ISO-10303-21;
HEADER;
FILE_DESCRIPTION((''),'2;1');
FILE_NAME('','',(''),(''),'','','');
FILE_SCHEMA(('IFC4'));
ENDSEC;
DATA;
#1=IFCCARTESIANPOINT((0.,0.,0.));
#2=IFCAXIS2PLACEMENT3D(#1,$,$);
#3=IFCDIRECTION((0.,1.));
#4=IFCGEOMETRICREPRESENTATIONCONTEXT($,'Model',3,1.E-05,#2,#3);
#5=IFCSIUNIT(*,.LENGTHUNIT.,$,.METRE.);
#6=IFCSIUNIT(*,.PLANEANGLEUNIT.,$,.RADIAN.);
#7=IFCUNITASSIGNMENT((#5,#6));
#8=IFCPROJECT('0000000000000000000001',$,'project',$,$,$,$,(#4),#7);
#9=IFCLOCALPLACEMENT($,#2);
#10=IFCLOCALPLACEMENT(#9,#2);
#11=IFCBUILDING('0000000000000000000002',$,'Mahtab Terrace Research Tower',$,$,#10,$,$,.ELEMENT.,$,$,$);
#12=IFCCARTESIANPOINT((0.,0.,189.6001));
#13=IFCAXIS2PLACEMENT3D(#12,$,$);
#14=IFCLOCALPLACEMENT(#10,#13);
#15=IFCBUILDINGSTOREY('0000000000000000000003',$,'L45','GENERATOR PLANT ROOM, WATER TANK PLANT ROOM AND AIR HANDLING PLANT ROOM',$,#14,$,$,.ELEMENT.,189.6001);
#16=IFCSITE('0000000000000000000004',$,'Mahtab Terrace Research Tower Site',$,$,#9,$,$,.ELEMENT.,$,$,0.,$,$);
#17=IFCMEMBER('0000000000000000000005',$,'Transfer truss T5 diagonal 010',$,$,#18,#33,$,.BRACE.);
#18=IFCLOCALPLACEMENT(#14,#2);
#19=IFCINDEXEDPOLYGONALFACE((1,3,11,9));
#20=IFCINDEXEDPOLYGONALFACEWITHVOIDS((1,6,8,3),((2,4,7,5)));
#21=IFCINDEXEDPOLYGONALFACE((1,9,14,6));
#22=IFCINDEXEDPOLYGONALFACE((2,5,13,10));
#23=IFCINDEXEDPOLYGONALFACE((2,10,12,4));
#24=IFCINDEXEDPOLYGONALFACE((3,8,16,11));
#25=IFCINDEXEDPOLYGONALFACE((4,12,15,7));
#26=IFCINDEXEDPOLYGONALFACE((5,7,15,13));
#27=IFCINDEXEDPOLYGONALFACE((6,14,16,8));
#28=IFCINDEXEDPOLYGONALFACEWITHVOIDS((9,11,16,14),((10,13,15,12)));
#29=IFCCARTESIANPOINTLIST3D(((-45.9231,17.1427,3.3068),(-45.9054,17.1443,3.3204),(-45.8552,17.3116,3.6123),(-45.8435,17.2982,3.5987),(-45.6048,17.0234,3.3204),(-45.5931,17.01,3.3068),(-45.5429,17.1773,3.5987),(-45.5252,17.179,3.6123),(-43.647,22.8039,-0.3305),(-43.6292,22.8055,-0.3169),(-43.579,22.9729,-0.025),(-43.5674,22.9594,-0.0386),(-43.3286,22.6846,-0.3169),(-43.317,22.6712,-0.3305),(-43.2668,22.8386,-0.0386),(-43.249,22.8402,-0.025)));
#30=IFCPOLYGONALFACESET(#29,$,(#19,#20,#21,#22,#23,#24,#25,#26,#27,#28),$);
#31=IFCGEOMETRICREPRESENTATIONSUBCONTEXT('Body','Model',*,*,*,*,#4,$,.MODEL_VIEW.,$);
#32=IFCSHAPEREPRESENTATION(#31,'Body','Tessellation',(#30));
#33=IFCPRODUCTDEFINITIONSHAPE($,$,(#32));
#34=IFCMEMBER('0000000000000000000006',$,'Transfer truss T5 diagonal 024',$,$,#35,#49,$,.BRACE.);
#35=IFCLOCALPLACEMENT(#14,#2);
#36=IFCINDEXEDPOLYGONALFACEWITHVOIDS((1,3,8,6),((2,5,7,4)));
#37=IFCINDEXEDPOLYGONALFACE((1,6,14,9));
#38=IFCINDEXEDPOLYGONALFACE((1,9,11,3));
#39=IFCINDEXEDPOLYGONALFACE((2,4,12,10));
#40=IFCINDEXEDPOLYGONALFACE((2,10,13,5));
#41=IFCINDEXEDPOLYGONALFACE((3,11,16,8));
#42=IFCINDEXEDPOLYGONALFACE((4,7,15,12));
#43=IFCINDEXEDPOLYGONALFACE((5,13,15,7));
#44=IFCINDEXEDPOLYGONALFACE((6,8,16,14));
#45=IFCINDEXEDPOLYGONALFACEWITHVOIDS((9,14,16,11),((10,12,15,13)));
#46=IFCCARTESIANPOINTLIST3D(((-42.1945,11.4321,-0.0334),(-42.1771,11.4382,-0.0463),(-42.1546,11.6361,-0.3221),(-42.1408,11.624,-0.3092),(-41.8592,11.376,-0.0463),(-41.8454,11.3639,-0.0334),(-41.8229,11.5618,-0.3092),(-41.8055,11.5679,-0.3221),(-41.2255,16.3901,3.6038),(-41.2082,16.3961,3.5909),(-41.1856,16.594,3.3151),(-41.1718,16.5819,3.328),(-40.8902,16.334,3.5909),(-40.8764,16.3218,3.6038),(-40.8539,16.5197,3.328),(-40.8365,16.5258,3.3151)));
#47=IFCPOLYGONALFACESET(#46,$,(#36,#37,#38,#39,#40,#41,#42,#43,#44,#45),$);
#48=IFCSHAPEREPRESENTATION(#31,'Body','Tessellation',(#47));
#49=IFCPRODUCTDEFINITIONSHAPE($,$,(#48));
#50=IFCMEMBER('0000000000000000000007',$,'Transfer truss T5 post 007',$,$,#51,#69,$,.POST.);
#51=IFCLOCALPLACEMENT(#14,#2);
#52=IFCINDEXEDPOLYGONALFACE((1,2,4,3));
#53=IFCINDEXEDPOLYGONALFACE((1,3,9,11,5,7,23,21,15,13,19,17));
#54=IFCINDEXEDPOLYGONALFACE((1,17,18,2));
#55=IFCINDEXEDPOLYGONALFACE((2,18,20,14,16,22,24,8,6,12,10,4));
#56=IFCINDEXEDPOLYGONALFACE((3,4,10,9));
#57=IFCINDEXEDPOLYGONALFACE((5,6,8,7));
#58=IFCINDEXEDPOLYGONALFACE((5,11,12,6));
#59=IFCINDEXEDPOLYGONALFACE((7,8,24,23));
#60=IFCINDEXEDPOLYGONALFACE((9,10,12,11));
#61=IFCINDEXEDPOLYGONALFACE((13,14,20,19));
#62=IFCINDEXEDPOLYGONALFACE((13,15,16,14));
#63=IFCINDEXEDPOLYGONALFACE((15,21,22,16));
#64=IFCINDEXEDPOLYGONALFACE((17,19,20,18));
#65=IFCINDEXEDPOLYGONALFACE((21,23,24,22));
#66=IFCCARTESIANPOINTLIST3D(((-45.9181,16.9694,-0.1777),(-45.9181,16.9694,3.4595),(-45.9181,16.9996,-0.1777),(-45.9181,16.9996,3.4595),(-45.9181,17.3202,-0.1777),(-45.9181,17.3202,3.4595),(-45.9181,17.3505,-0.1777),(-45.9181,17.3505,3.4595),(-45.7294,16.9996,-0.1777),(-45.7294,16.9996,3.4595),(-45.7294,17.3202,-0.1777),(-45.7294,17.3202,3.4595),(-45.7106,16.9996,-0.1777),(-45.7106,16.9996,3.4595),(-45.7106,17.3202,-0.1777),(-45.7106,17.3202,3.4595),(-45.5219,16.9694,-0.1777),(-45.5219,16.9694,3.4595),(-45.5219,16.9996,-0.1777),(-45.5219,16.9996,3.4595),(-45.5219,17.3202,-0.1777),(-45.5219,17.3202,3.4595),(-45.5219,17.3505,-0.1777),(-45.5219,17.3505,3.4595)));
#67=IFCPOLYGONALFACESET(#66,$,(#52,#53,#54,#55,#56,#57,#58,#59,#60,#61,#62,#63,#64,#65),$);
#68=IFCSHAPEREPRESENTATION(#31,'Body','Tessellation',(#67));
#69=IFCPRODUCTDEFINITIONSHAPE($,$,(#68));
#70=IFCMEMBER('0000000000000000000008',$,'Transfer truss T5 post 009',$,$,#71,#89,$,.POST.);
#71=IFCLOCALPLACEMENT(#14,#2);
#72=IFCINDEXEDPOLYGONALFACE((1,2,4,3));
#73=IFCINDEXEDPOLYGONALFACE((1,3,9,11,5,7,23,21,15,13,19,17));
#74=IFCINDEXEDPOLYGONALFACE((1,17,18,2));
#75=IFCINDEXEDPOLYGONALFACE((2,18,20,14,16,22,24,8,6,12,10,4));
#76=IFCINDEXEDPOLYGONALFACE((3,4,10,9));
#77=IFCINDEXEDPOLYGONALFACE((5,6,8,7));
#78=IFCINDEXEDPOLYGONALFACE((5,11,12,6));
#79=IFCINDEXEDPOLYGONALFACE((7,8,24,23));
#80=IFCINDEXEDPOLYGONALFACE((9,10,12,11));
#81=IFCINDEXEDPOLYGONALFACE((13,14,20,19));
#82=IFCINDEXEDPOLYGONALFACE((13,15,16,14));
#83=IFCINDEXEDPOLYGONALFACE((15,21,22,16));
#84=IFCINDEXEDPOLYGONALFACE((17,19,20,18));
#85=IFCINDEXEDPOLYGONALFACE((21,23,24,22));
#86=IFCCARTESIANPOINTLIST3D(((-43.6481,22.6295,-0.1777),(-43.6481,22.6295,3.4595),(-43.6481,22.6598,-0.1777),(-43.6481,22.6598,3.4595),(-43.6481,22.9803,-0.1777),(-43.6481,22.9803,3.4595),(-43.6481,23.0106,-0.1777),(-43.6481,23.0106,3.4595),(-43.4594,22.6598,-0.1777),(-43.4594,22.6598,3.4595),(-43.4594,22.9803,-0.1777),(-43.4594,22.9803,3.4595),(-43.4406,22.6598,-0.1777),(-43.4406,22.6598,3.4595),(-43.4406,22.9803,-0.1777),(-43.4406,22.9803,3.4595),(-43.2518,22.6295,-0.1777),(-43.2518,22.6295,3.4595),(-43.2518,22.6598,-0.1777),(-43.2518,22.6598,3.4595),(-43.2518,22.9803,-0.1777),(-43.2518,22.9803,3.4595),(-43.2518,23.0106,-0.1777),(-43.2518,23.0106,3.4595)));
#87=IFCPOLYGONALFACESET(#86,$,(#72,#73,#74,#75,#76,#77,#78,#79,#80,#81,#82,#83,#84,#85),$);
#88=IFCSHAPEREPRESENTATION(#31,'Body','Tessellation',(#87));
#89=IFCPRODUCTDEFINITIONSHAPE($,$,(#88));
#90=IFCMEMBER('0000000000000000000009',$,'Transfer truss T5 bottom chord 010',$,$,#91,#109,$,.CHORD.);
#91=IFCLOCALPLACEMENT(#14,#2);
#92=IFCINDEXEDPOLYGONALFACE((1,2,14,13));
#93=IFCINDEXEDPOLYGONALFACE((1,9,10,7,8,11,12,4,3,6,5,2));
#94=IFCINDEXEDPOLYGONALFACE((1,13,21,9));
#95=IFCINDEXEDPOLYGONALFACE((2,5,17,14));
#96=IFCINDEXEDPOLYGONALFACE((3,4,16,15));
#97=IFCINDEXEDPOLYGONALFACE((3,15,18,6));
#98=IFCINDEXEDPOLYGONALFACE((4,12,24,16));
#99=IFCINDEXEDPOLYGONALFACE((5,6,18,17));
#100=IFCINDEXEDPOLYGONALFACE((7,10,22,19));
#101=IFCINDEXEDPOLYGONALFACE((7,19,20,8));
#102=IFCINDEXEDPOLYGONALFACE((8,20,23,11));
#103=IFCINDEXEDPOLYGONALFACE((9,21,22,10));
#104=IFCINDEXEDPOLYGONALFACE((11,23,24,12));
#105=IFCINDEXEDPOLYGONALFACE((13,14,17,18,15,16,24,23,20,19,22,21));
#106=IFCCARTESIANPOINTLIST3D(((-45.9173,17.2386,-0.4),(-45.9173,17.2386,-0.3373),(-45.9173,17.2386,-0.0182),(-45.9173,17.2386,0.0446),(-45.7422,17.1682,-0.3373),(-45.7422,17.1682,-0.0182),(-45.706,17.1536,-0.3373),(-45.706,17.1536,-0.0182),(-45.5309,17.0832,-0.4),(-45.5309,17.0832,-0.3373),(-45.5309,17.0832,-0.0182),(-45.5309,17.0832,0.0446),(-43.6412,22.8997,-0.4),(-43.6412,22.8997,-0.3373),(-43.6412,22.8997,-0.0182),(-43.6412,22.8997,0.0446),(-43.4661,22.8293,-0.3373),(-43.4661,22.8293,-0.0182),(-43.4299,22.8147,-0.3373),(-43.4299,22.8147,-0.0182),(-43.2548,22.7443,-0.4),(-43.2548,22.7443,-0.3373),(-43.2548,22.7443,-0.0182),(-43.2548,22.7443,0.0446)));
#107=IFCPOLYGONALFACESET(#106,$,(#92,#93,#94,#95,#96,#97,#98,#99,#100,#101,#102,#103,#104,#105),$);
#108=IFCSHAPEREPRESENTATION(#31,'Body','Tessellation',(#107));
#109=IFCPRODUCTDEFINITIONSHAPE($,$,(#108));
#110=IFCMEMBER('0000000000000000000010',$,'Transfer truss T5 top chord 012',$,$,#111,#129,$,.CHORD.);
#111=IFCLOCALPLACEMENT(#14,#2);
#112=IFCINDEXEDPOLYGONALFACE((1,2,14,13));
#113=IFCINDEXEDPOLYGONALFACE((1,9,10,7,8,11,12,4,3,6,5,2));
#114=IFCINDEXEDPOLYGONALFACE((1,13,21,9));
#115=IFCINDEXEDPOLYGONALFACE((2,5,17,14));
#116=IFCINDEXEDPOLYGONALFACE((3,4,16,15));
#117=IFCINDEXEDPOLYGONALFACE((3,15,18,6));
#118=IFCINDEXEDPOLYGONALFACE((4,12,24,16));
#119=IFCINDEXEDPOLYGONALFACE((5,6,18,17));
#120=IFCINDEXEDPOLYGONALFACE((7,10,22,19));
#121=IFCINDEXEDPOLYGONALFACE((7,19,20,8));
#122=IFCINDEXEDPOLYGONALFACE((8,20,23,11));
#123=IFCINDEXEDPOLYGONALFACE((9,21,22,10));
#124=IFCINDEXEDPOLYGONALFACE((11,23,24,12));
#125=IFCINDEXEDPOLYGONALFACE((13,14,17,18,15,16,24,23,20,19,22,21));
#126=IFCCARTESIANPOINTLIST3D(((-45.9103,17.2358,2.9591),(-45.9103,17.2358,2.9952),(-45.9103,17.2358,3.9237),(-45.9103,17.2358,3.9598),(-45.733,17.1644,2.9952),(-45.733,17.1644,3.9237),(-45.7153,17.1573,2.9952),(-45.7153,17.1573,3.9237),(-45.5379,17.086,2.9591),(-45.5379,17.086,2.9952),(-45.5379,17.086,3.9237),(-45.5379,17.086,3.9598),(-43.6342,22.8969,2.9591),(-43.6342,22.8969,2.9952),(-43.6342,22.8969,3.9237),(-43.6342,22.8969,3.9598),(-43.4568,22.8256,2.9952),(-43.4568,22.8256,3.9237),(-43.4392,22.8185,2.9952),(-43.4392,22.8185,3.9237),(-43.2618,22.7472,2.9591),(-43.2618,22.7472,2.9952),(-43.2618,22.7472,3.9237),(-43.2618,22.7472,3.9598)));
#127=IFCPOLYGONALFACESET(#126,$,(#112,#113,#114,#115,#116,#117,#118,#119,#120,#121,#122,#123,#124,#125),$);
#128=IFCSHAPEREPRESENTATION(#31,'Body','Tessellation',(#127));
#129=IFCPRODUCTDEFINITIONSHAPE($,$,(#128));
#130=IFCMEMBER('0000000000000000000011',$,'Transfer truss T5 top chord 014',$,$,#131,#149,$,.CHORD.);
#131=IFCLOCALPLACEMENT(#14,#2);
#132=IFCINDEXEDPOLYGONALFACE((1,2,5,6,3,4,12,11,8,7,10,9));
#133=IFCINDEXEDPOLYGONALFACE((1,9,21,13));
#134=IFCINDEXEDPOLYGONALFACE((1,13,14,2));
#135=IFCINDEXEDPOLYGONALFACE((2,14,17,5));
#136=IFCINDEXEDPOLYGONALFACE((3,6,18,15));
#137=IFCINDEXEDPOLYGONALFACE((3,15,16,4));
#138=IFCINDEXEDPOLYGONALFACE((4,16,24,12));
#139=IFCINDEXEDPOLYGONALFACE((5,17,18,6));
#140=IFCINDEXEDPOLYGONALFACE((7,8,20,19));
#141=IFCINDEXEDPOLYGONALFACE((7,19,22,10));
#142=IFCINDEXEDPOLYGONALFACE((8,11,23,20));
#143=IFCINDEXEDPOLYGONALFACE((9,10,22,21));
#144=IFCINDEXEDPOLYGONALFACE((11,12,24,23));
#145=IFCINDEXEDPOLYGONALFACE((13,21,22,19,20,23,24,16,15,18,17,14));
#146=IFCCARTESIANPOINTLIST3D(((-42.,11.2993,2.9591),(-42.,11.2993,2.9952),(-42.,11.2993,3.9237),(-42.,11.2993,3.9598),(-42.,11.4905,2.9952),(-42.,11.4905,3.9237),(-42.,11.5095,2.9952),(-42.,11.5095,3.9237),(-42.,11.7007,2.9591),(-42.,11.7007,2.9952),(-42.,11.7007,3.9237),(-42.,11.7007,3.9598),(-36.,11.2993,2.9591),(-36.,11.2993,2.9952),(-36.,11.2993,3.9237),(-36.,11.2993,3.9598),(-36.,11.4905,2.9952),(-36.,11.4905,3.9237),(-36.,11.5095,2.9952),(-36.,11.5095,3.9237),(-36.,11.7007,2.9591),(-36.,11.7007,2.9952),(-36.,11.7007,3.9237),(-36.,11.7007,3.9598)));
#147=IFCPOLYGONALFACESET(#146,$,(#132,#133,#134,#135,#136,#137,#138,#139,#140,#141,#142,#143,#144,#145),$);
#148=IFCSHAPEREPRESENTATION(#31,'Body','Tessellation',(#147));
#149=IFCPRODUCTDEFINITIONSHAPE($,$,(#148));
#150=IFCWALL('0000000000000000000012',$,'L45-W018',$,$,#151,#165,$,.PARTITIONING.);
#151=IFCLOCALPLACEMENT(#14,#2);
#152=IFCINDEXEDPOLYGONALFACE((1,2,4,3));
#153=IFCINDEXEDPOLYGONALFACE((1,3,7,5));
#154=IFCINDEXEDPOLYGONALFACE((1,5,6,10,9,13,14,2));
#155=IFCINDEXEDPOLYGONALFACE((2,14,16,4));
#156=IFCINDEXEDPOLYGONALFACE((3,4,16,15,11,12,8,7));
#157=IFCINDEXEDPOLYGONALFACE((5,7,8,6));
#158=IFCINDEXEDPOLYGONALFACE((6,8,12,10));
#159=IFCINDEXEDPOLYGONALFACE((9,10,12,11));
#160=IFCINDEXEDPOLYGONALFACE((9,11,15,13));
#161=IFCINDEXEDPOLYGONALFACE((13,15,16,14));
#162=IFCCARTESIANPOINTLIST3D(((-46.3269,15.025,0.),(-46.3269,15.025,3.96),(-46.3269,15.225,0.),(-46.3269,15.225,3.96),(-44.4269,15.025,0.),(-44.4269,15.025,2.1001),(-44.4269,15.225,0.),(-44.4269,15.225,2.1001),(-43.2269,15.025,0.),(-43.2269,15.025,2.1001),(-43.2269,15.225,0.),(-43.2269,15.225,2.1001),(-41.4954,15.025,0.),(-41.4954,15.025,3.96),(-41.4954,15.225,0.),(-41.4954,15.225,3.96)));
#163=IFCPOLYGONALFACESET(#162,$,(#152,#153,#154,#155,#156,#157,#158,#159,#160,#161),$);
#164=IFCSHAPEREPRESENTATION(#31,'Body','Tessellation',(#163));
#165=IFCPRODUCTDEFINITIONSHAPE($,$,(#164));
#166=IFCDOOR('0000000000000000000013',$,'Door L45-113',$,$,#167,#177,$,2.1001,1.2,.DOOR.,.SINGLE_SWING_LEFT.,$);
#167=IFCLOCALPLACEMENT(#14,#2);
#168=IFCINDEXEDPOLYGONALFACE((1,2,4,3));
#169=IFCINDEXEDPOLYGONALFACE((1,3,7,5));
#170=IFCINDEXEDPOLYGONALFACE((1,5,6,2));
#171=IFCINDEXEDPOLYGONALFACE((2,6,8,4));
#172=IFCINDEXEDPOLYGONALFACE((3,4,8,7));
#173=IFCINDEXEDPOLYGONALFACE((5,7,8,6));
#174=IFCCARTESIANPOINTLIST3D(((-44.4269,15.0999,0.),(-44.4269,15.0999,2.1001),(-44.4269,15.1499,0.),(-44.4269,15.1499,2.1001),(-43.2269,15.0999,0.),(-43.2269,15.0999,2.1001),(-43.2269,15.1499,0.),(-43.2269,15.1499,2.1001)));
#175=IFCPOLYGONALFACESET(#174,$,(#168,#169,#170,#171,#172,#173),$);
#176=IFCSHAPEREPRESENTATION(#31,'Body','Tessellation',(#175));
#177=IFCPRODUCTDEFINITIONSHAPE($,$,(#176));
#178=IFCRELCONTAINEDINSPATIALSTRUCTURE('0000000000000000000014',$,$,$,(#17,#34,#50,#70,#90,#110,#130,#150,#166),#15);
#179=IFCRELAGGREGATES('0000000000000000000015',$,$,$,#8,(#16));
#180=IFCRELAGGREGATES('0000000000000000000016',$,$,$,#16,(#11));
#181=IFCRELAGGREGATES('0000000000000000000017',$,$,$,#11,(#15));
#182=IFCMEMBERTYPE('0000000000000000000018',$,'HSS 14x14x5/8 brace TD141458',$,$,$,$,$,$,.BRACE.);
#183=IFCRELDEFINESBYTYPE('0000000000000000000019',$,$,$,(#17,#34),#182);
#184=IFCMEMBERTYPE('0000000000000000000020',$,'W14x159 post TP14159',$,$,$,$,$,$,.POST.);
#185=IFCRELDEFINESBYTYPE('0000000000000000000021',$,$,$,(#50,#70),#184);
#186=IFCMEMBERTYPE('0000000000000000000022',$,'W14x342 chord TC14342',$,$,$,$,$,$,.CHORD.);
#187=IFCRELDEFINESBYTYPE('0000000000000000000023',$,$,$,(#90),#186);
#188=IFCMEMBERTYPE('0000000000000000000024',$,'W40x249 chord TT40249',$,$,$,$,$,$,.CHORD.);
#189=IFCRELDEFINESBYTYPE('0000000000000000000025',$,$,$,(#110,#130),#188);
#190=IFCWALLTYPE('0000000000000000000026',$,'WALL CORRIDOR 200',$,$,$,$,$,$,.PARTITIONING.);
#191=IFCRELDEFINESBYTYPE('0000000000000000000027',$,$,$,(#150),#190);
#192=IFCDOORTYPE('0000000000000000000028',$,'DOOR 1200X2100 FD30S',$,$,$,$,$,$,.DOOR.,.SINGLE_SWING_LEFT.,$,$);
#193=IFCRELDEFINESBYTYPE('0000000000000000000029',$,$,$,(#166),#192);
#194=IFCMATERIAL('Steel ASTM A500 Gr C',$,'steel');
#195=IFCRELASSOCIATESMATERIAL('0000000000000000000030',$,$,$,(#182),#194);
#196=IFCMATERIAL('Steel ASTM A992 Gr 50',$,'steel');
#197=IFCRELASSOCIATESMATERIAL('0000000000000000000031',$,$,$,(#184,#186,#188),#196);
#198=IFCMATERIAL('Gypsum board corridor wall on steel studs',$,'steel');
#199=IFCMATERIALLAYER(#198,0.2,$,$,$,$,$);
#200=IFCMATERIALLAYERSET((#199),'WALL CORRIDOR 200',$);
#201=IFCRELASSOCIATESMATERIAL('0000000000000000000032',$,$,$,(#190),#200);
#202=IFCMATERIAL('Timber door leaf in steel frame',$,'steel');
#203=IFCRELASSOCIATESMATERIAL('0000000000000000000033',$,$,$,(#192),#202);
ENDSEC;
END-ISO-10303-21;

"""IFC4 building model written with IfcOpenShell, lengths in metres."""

from ifc_helpers import new_model, si_unit, direction, frame, frame_2d, origin, origin_2d, place, context, subcontext, project, spatial, rectangle, hollow_rectangle, i_section, extrude, material, layer, layer_set, material_profile, profile_set, type_object, element, fill, save


model = new_model("IFC4")

# Units and contexts
model_context = context("Model", 3, precision=1e-05, world=origin(), true_north=direction((0.0, 1.0)))
body_context = subcontext(model_context, "Body", "Model", "MODEL_VIEW")
ifc_project = project(units=[si_unit("LENGTHUNIT", "METRE"), si_unit("PLANEANGLEUNIT", "RADIAN")], contexts=[model_context])

# Site, building, storey
site_placement = place(None, origin())
site = spatial("IfcSite", under=ifc_project, at=site_placement, Name="Mahtab Terrace Research Tower Site", CompositionType="ELEMENT", RefElevation=0.0)
building_placement = place(site_placement, origin())
building = spatial("IfcBuilding", under=site, at=building_placement, Name="Mahtab Terrace Research Tower", CompositionType="ELEMENT")
storey_placement = place(building_placement, frame((0.0, 0.0, 189.6001)))
storey = spatial("IfcBuildingStorey", under=building, at=storey_placement, Name="L45", Description="GENERATOR PLANT ROOM, WATER TANK PLANT ROOM AND AIR HANDLING PLANT ROOM", CompositionType="ELEMENT", Elevation=189.6001)

# Members
ifc_material_1 = material(Name="Steel ASTM A500 Gr C", Category="steel")
ifc_material_profile_1 = material_profile(ifc_material_1, hollow_rectangle(XDim=0.3557, YDim=0.3557, WallThickness=0.0159, at=origin_2d()), Name="HSS14X14X5/8")
ifc_profile_set_1 = profile_set([ifc_material_profile_1], Name="Steel ASTM A500 Gr C")
member_type_1 = type_object("IfcMemberType", Name="HSS 14x14x5/8 brace TD141458", PredefinedType="BRACE", material=ifc_profile_set_1)
member_1_placement = place(storey_placement, frame((-43.448, 22.822, -0.1777), z_axis=(-0.320427, -0.79696, 0.512037), x_axis=(0.927816, -0.373039, 0.0)))
element("IfcMember", 1, at=member_1_placement, inside=storey, type_object=member_type_1, Name="Transfer truss T5 diagonal 010", PredefinedType="BRACE", context=body_context, shape_type="SweptSolid", body=[
    extrude(hollow_rectangle(XDim=0.3557, YDim=0.3557, WallThickness=0.0159, at=origin_2d()), origin(), (0.0, 0.0, 1.0), 7.1035),
])
member_2_placement = place(storey_placement, frame((-42.0, 11.5, -0.1777), z_axis=(0.155663, 0.796473, 0.584294), x_axis=(-0.981432, 0.191811, 0.0)))
element("IfcMember", 2, at=member_2_placement, inside=storey, type_object=member_type_1, Name="Transfer truss T5 diagonal 024", PredefinedType="BRACE", context=body_context, shape_type="SweptSolid", body=[
    extrude(hollow_rectangle(XDim=0.3557, YDim=0.3557, WallThickness=0.0159, at=origin_2d()), origin(), (0.0, 0.0, 1.0), 6.2249),
])
ifc_material_2 = material(Name="Steel ASTM A992 Gr 50", Category="steel")
ifc_material_profile_2 = material_profile(ifc_material_2, i_section(OverallWidth=0.3962, OverallDepth=0.3811, WebThickness=0.0188, FlangeThickness=0.0303, at=origin_2d()), Name="W14X159")
ifc_profile_set_2 = profile_set([ifc_material_profile_2], Name="Steel ASTM A992 Gr 50")
member_type_2 = type_object("IfcMemberType", Name="W14x159 post TP14159", PredefinedType="POST", material=ifc_profile_set_2)
for number, where, z_axis, x_axis, name in (
    (3, (-45.72, 17.1599, -0.1777), (0.0, 0.0, 1.0), (1.0, 0.0, 0.0), "Transfer truss T5 post 007"),
    (4, (-43.45, 22.8201, -0.1777), (0.0, 0.0, 1.0), (1.0, 0.0, 0.0), "Transfer truss T5 post 009"),
):
    element("IfcMember", number, at=place(storey_placement, frame(where, z_axis=z_axis, x_axis=x_axis)), inside=storey, type_object=member_type_2, Name=name, PredefinedType="POST", context=body_context, shape_type="SweptSolid", body=[
        extrude(i_section(OverallWidth=0.3962, OverallDepth=0.3811, WebThickness=0.0188, FlangeThickness=0.0303, at=origin_2d()), origin(), (0.0, 0.0, 1.0), 3.6372),
    ])
ifc_material_profile_3 = material_profile(ifc_material_2, i_section(OverallWidth=0.4165, OverallDepth=0.4446, WebThickness=0.0391, FlangeThickness=0.0627, at=origin_2d()), Name="W14X342")
ifc_profile_set_3 = profile_set([ifc_material_profile_3], Name="Steel ASTM A992 Gr 50")
member_type_3 = type_object("IfcMemberType", Name="W14x342 chord TC14342", PredefinedType="CHORD", material=ifc_profile_set_3)
member_3_placement = place(storey_placement, frame((-45.7241, 17.1609, -0.1777), z_axis=(0.373039, 0.927816, 0.0), x_axis=(-0.927816, 0.373039, 0.0)))
element("IfcMember", 5, at=member_3_placement, inside=storey, type_object=member_type_3, Name="Transfer truss T5 bottom chord 010", PredefinedType="CHORD", context=body_context, shape_type="SweptSolid", body=[
    extrude(i_section(OverallWidth=0.4165, OverallDepth=0.4446, WebThickness=0.0391, FlangeThickness=0.0627, at=origin_2d()), origin(), (0.0, 0.0, 1.0), 6.1016),
])
ifc_material_profile_4 = material_profile(ifc_material_2, i_section(OverallWidth=0.4014, OverallDepth=1.0007, WebThickness=0.019, FlangeThickness=0.0361, at=origin_2d()), Name="W40X249")
ifc_profile_set_4 = profile_set([ifc_material_profile_4], Name="Steel ASTM A992 Gr 50")
member_type_4 = type_object("IfcMemberType", Name="W40x249 chord TT40249", PredefinedType="CHORD", material=ifc_profile_set_4)
member_4_placement = place(storey_placement, frame((-45.7241, 17.1609, 3.4595), z_axis=(0.373039, 0.927816, 0.0), x_axis=(-0.927816, 0.373039, 0.0)))
element("IfcMember", 6, at=member_4_placement, inside=storey, type_object=member_type_4, Name="Transfer truss T5 top chord 012", PredefinedType="CHORD", context=body_context, shape_type="SweptSolid", body=[
    extrude(i_section(OverallWidth=0.4014, OverallDepth=1.0007, WebThickness=0.019, FlangeThickness=0.0361, at=origin_2d()), origin(), (0.0, 0.0, 1.0), 6.1016),
])
member_5_placement = place(storey_placement, frame((-42.0, 11.5, 3.4595), z_axis=(1.0, 0.0, 0.0), x_axis=(0.0, 1.0, 0.0)))
element("IfcMember", 7, at=member_5_placement, inside=storey, type_object=member_type_4, Name="Transfer truss T5 top chord 014", PredefinedType="CHORD", context=body_context, shape_type="SweptSolid", body=[
    extrude(i_section(OverallWidth=0.4014, OverallDepth=1.0007, WebThickness=0.019, FlangeThickness=0.0361, at=origin_2d()), origin(), (0.0, 0.0, 1.0), 6.0),
])

# Wall, opening, door
ifc_material_3 = material(Name="Gypsum board corridor wall on steel studs", Category="steel")
ifc_layer_1 = layer(ifc_material_3, 0.2)
ifc_layer_set_1 = layer_set([ifc_layer_1], Name="WALL CORRIDOR 200")
wall_type = type_object("IfcWallType", Name="WALL CORRIDOR 200", PredefinedType="PARTITIONING", material=ifc_layer_set_1)
wall_1_placement = place(storey_placement, frame((-46.3269, 15.125, 0.0), z_axis=(0.0, 0.0, 1.0), x_axis=(1.0, 0.0, 0.0)))
wall_1 = element("IfcWall", 8, at=wall_1_placement, inside=storey, type_object=wall_type, Name="L45-W018", PredefinedType="PARTITIONING", context=body_context, shape_type="SweptSolid", body=[
    extrude(rectangle(XDim=4.8315, YDim=0.2, at=frame_2d((2.4158, 0.0))), origin(), (0.0, 0.0, 1.0), 3.96),
])
opening_1_placement = place(wall_1_placement, frame((1.8999, 0.0, 0.0)))
opening_1 = element("IfcOpeningElement", 9, at=opening_1_placement, cuts=wall_1, PredefinedType="OPENING", context=body_context, shape_type="SweptSolid", body=[
    extrude(rectangle(XDim=1.2, YDim=2.1001, at=frame_2d((0.6001, 1.05))), frame((0.0, 0.1099, 0.0), z_axis=(0.0, -1.0, 0.0), x_axis=(1.0, 0.0, 0.0)), (0.0, 0.0, 1.0), 0.22),
])
ifc_material_4 = material(Name="Timber door leaf in steel frame", Category="steel")
door_type_1 = type_object("IfcDoorType", Name="DOOR 1200X2100 FD30S", OperationType="SINGLE_SWING_LEFT", PredefinedType="DOOR", material=ifc_material_4)
door_1_placement = place(opening_1_placement, origin())
door_1 = element("IfcDoor", 10, at=door_1_placement, inside=storey, type_object=door_type_1, Name="Door L45-113", OperationType="SINGLE_SWING_LEFT", OverallHeight=2.1001, OverallWidth=1.2, PredefinedType="DOOR", context=body_context, shape_type="SweptSolid", body=[
    extrude(rectangle(XDim=1.2, YDim=2.1001, at=frame_2d((0.6001, 1.05))), frame((0.0, 0.0249, 0.0), z_axis=(0.0, -1.0, 0.0), x_axis=(1.0, 0.0, 0.0)), (0.0, 0.0, 1.0), 0.05),
])
fill(opening_1, door_1)

save(model, "model.ifc")
